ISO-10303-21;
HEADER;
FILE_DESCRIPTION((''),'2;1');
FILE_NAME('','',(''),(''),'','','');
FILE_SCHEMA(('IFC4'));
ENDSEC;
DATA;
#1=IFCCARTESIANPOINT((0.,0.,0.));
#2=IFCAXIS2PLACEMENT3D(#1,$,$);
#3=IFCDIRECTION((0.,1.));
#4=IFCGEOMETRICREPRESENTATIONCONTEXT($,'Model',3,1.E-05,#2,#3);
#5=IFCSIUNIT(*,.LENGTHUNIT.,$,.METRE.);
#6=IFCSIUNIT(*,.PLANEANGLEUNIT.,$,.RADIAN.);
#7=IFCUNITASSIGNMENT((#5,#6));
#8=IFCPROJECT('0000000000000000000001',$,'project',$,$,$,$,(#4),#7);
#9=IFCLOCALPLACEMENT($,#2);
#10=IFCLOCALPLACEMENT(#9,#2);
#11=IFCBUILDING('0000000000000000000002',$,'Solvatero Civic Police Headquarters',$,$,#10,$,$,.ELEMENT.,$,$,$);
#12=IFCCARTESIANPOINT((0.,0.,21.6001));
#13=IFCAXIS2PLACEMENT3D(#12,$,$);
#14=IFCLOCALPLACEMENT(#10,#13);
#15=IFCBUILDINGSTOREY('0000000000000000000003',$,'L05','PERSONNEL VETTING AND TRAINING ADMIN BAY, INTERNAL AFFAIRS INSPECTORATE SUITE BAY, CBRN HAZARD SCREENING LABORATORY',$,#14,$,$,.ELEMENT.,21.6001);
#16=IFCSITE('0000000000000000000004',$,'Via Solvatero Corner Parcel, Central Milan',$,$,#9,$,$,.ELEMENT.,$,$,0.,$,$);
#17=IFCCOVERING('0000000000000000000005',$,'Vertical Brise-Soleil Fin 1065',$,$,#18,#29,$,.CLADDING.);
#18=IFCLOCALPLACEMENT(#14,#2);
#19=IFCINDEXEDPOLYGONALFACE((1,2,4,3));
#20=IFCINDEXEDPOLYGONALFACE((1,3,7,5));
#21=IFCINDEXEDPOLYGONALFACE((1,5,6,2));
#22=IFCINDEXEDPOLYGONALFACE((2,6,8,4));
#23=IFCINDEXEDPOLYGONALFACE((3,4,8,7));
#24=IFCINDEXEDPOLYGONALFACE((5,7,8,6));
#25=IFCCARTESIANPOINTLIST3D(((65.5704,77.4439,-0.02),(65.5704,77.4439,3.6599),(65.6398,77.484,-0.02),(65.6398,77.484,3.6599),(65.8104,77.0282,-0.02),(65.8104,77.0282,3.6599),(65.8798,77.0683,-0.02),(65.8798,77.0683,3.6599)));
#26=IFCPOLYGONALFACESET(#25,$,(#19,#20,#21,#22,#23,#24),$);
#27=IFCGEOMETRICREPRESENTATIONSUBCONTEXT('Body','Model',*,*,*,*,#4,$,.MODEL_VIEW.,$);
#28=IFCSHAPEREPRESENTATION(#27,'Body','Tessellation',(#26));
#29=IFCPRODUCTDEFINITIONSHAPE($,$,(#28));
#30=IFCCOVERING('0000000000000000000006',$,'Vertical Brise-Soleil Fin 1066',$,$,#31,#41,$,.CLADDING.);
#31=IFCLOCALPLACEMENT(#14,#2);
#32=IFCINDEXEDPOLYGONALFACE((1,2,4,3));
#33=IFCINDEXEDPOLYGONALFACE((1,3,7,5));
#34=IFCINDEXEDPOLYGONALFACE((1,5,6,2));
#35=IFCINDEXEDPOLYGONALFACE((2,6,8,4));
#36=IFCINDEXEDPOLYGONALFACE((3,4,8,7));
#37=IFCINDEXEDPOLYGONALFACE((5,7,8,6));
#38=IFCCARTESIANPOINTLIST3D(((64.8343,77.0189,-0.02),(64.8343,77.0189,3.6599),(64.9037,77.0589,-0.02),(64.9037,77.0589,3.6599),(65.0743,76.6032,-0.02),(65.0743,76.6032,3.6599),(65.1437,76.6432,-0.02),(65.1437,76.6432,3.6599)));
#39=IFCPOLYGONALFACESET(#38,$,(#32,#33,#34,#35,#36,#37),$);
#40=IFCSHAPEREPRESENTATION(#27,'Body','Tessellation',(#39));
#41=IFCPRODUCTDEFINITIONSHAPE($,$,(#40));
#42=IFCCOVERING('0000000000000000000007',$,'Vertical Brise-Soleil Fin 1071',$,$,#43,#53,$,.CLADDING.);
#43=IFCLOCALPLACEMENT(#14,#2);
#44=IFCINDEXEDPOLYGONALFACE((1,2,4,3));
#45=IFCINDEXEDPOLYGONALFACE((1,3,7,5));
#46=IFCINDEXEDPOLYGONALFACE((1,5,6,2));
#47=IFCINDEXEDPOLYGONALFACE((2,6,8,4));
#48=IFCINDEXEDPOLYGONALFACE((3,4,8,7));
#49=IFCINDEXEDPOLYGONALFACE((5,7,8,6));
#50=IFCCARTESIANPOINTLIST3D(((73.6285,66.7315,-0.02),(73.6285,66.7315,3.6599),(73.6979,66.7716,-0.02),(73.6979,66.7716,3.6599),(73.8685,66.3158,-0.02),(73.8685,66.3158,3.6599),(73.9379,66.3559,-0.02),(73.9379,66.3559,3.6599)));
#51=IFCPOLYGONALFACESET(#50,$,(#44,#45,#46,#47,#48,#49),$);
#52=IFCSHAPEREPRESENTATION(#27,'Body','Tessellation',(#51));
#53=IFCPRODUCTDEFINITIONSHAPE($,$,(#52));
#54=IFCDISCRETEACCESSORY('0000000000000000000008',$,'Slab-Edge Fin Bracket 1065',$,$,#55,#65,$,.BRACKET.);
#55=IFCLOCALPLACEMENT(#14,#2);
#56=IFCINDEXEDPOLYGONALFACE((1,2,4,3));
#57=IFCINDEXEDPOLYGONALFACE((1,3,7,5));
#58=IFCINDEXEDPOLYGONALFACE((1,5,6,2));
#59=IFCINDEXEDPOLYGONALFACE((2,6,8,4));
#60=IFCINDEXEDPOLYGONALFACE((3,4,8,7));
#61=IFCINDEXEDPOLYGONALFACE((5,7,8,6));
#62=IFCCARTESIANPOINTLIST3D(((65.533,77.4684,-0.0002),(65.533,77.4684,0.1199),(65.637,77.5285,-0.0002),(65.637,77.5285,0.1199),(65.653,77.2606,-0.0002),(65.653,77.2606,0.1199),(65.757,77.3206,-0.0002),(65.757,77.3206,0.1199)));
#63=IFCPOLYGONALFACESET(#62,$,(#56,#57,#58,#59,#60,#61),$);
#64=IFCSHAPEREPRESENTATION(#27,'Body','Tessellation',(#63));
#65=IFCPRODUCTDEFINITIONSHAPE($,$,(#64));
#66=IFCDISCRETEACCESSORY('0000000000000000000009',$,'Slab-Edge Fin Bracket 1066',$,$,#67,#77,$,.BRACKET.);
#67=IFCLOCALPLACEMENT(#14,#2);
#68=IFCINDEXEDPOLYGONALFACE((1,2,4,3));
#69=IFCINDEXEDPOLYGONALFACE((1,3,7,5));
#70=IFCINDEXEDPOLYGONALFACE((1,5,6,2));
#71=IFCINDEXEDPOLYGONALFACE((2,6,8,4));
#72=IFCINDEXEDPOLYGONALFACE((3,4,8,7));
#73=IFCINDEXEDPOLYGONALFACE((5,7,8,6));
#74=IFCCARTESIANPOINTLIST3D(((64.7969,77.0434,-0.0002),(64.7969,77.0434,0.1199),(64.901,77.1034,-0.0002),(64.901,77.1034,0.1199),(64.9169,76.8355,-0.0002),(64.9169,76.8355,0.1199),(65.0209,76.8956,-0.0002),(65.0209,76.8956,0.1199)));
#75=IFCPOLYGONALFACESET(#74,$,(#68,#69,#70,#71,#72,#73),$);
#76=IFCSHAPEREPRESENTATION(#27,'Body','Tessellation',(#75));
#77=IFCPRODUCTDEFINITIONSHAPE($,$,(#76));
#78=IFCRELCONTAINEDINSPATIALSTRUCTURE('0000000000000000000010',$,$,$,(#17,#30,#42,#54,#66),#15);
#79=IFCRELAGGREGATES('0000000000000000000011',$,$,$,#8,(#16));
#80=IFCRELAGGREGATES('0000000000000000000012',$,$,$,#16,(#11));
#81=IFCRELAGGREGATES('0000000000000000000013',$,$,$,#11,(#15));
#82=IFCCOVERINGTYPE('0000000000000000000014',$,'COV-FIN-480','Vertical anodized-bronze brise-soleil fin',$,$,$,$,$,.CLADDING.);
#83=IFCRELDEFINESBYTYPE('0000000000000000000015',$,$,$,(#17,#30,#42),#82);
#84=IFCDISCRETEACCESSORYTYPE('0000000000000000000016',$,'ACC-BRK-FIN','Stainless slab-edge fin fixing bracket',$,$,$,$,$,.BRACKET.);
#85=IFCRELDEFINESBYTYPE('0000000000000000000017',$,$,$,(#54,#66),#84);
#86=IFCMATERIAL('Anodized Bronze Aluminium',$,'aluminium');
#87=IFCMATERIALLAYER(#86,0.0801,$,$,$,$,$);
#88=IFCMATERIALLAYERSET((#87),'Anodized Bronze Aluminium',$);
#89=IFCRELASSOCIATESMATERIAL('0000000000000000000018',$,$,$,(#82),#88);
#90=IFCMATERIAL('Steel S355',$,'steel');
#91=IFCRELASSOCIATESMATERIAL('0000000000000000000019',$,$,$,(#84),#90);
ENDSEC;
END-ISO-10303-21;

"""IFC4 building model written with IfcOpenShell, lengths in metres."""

from ifc_helpers import new_model, si_unit, direction, frame, origin, origin_2d, place, context, subcontext, project, spatial, rectangle, extrude, material, layer, layer_set, type_object, element, save


model = new_model("IFC4")

# Units and contexts
model_context = context("Model", 3, precision=1e-05, world=origin(), true_north=direction((0.0, 1.0)))
body_context = subcontext(model_context, "Body", "Model", "MODEL_VIEW")
ifc_project = project(units=[si_unit("LENGTHUNIT", "METRE"), si_unit("PLANEANGLEUNIT", "RADIAN")], contexts=[model_context])

# Site, building, storey
site_placement = place(None, origin())
site = spatial("IfcSite", under=ifc_project, at=site_placement, Name="Via Solvatero Corner Parcel, Central Milan", CompositionType="ELEMENT", RefElevation=0.0)
building_placement = place(site_placement, origin())
building = spatial("IfcBuilding", under=site, at=building_placement, Name="Solvatero Civic Police Headquarters", CompositionType="ELEMENT")
storey_placement = place(building_placement, frame((0.0, 0.0, 21.6001)))
storey = spatial("IfcBuildingStorey", under=building, at=storey_placement, Name="L05", Description="PERSONNEL VETTING AND TRAINING ADMIN BAY, INTERNAL AFFAIRS INSPECTORATE SUITE BAY, CBRN HAZARD SCREENING LABORATORY", CompositionType="ELEMENT", Elevation=21.6001)

# Shared definitions
ifc_material_1 = material(Name="Steel S355", Category="steel")

# Shared definitions
ifc_material_2 = material(Name="Anodized Bronze Aluminium", Category="aluminium")

# Coverings
ifc_layer_1 = layer(ifc_material_2, 0.0801)
ifc_layer_set_1 = layer_set([ifc_layer_1], Name="Anodized Bronze Aluminium")
covering_type = type_object("IfcCoveringType", Name="COV-FIN-480", Description="Vertical anodized-bronze brise-soleil fin", PredefinedType="CLADDING", material=ifc_layer_set_1)
for number, where, z_axis, x_axis, name in (
    (1, (65.7251, 77.2561, -0.02), (0.0, 0.0, 1.0), (-0.866034, -0.499985, 0.0), "Vertical Brise-Soleil Fin 1065"),
    (2, (64.989, 76.8311, -0.02), (0.0, 0.0, 1.0), (-0.866034, -0.499985, 0.0), "Vertical Brise-Soleil Fin 1066"),
    (3, (73.7832, 66.5437, -0.02), (0.0, 0.0, 1.0), (-0.866025, -0.5, 0.0), "Vertical Brise-Soleil Fin 1071"),
):
    element("IfcCovering", number, at=place(storey_placement, frame(where, z_axis=z_axis, x_axis=x_axis)), inside=storey, type_object=covering_type, Name=name, PredefinedType="CLADDING", context=body_context, shape_type="SweptSolid", body=[
        extrude(rectangle(XDim=0.0801, YDim=0.48, at=origin_2d()), origin(), (0.0, 0.0, 1.0), 3.6799),
    ])

# Discrete accessories
discrete_accessory_type = type_object("IfcDiscreteAccessoryType", Name="ACC-BRK-FIN", Description="Stainless slab-edge fin fixing bracket", PredefinedType="BRACKET", material=ifc_material_1)
for number, where, z_axis, x_axis, name in (
    (4, (65.645, 77.3945, -0.0002), (0.0, 0.0, 1.0), (-0.866034, -0.499985, 0.0), "Slab-Edge Fin Bracket 1065"),
    (5, (64.9089, 76.9695, -0.0002), (0.0, 0.0, 1.0), (-0.866034, -0.499985, 0.0), "Slab-Edge Fin Bracket 1066"),
):
    element("IfcDiscreteAccessory", number, at=place(storey_placement, frame(where, z_axis=z_axis, x_axis=x_axis)), inside=storey, type_object=discrete_accessory_type, Name=name, PredefinedType="BRACKET", context=body_context, shape_type="SweptSolid", body=[
        extrude(rectangle(XDim=0.1201, YDim=0.24, at=origin_2d()), origin(), (0.0, 0.0, 1.0), 0.1201),
    ])

save(model, "model.ifc")
